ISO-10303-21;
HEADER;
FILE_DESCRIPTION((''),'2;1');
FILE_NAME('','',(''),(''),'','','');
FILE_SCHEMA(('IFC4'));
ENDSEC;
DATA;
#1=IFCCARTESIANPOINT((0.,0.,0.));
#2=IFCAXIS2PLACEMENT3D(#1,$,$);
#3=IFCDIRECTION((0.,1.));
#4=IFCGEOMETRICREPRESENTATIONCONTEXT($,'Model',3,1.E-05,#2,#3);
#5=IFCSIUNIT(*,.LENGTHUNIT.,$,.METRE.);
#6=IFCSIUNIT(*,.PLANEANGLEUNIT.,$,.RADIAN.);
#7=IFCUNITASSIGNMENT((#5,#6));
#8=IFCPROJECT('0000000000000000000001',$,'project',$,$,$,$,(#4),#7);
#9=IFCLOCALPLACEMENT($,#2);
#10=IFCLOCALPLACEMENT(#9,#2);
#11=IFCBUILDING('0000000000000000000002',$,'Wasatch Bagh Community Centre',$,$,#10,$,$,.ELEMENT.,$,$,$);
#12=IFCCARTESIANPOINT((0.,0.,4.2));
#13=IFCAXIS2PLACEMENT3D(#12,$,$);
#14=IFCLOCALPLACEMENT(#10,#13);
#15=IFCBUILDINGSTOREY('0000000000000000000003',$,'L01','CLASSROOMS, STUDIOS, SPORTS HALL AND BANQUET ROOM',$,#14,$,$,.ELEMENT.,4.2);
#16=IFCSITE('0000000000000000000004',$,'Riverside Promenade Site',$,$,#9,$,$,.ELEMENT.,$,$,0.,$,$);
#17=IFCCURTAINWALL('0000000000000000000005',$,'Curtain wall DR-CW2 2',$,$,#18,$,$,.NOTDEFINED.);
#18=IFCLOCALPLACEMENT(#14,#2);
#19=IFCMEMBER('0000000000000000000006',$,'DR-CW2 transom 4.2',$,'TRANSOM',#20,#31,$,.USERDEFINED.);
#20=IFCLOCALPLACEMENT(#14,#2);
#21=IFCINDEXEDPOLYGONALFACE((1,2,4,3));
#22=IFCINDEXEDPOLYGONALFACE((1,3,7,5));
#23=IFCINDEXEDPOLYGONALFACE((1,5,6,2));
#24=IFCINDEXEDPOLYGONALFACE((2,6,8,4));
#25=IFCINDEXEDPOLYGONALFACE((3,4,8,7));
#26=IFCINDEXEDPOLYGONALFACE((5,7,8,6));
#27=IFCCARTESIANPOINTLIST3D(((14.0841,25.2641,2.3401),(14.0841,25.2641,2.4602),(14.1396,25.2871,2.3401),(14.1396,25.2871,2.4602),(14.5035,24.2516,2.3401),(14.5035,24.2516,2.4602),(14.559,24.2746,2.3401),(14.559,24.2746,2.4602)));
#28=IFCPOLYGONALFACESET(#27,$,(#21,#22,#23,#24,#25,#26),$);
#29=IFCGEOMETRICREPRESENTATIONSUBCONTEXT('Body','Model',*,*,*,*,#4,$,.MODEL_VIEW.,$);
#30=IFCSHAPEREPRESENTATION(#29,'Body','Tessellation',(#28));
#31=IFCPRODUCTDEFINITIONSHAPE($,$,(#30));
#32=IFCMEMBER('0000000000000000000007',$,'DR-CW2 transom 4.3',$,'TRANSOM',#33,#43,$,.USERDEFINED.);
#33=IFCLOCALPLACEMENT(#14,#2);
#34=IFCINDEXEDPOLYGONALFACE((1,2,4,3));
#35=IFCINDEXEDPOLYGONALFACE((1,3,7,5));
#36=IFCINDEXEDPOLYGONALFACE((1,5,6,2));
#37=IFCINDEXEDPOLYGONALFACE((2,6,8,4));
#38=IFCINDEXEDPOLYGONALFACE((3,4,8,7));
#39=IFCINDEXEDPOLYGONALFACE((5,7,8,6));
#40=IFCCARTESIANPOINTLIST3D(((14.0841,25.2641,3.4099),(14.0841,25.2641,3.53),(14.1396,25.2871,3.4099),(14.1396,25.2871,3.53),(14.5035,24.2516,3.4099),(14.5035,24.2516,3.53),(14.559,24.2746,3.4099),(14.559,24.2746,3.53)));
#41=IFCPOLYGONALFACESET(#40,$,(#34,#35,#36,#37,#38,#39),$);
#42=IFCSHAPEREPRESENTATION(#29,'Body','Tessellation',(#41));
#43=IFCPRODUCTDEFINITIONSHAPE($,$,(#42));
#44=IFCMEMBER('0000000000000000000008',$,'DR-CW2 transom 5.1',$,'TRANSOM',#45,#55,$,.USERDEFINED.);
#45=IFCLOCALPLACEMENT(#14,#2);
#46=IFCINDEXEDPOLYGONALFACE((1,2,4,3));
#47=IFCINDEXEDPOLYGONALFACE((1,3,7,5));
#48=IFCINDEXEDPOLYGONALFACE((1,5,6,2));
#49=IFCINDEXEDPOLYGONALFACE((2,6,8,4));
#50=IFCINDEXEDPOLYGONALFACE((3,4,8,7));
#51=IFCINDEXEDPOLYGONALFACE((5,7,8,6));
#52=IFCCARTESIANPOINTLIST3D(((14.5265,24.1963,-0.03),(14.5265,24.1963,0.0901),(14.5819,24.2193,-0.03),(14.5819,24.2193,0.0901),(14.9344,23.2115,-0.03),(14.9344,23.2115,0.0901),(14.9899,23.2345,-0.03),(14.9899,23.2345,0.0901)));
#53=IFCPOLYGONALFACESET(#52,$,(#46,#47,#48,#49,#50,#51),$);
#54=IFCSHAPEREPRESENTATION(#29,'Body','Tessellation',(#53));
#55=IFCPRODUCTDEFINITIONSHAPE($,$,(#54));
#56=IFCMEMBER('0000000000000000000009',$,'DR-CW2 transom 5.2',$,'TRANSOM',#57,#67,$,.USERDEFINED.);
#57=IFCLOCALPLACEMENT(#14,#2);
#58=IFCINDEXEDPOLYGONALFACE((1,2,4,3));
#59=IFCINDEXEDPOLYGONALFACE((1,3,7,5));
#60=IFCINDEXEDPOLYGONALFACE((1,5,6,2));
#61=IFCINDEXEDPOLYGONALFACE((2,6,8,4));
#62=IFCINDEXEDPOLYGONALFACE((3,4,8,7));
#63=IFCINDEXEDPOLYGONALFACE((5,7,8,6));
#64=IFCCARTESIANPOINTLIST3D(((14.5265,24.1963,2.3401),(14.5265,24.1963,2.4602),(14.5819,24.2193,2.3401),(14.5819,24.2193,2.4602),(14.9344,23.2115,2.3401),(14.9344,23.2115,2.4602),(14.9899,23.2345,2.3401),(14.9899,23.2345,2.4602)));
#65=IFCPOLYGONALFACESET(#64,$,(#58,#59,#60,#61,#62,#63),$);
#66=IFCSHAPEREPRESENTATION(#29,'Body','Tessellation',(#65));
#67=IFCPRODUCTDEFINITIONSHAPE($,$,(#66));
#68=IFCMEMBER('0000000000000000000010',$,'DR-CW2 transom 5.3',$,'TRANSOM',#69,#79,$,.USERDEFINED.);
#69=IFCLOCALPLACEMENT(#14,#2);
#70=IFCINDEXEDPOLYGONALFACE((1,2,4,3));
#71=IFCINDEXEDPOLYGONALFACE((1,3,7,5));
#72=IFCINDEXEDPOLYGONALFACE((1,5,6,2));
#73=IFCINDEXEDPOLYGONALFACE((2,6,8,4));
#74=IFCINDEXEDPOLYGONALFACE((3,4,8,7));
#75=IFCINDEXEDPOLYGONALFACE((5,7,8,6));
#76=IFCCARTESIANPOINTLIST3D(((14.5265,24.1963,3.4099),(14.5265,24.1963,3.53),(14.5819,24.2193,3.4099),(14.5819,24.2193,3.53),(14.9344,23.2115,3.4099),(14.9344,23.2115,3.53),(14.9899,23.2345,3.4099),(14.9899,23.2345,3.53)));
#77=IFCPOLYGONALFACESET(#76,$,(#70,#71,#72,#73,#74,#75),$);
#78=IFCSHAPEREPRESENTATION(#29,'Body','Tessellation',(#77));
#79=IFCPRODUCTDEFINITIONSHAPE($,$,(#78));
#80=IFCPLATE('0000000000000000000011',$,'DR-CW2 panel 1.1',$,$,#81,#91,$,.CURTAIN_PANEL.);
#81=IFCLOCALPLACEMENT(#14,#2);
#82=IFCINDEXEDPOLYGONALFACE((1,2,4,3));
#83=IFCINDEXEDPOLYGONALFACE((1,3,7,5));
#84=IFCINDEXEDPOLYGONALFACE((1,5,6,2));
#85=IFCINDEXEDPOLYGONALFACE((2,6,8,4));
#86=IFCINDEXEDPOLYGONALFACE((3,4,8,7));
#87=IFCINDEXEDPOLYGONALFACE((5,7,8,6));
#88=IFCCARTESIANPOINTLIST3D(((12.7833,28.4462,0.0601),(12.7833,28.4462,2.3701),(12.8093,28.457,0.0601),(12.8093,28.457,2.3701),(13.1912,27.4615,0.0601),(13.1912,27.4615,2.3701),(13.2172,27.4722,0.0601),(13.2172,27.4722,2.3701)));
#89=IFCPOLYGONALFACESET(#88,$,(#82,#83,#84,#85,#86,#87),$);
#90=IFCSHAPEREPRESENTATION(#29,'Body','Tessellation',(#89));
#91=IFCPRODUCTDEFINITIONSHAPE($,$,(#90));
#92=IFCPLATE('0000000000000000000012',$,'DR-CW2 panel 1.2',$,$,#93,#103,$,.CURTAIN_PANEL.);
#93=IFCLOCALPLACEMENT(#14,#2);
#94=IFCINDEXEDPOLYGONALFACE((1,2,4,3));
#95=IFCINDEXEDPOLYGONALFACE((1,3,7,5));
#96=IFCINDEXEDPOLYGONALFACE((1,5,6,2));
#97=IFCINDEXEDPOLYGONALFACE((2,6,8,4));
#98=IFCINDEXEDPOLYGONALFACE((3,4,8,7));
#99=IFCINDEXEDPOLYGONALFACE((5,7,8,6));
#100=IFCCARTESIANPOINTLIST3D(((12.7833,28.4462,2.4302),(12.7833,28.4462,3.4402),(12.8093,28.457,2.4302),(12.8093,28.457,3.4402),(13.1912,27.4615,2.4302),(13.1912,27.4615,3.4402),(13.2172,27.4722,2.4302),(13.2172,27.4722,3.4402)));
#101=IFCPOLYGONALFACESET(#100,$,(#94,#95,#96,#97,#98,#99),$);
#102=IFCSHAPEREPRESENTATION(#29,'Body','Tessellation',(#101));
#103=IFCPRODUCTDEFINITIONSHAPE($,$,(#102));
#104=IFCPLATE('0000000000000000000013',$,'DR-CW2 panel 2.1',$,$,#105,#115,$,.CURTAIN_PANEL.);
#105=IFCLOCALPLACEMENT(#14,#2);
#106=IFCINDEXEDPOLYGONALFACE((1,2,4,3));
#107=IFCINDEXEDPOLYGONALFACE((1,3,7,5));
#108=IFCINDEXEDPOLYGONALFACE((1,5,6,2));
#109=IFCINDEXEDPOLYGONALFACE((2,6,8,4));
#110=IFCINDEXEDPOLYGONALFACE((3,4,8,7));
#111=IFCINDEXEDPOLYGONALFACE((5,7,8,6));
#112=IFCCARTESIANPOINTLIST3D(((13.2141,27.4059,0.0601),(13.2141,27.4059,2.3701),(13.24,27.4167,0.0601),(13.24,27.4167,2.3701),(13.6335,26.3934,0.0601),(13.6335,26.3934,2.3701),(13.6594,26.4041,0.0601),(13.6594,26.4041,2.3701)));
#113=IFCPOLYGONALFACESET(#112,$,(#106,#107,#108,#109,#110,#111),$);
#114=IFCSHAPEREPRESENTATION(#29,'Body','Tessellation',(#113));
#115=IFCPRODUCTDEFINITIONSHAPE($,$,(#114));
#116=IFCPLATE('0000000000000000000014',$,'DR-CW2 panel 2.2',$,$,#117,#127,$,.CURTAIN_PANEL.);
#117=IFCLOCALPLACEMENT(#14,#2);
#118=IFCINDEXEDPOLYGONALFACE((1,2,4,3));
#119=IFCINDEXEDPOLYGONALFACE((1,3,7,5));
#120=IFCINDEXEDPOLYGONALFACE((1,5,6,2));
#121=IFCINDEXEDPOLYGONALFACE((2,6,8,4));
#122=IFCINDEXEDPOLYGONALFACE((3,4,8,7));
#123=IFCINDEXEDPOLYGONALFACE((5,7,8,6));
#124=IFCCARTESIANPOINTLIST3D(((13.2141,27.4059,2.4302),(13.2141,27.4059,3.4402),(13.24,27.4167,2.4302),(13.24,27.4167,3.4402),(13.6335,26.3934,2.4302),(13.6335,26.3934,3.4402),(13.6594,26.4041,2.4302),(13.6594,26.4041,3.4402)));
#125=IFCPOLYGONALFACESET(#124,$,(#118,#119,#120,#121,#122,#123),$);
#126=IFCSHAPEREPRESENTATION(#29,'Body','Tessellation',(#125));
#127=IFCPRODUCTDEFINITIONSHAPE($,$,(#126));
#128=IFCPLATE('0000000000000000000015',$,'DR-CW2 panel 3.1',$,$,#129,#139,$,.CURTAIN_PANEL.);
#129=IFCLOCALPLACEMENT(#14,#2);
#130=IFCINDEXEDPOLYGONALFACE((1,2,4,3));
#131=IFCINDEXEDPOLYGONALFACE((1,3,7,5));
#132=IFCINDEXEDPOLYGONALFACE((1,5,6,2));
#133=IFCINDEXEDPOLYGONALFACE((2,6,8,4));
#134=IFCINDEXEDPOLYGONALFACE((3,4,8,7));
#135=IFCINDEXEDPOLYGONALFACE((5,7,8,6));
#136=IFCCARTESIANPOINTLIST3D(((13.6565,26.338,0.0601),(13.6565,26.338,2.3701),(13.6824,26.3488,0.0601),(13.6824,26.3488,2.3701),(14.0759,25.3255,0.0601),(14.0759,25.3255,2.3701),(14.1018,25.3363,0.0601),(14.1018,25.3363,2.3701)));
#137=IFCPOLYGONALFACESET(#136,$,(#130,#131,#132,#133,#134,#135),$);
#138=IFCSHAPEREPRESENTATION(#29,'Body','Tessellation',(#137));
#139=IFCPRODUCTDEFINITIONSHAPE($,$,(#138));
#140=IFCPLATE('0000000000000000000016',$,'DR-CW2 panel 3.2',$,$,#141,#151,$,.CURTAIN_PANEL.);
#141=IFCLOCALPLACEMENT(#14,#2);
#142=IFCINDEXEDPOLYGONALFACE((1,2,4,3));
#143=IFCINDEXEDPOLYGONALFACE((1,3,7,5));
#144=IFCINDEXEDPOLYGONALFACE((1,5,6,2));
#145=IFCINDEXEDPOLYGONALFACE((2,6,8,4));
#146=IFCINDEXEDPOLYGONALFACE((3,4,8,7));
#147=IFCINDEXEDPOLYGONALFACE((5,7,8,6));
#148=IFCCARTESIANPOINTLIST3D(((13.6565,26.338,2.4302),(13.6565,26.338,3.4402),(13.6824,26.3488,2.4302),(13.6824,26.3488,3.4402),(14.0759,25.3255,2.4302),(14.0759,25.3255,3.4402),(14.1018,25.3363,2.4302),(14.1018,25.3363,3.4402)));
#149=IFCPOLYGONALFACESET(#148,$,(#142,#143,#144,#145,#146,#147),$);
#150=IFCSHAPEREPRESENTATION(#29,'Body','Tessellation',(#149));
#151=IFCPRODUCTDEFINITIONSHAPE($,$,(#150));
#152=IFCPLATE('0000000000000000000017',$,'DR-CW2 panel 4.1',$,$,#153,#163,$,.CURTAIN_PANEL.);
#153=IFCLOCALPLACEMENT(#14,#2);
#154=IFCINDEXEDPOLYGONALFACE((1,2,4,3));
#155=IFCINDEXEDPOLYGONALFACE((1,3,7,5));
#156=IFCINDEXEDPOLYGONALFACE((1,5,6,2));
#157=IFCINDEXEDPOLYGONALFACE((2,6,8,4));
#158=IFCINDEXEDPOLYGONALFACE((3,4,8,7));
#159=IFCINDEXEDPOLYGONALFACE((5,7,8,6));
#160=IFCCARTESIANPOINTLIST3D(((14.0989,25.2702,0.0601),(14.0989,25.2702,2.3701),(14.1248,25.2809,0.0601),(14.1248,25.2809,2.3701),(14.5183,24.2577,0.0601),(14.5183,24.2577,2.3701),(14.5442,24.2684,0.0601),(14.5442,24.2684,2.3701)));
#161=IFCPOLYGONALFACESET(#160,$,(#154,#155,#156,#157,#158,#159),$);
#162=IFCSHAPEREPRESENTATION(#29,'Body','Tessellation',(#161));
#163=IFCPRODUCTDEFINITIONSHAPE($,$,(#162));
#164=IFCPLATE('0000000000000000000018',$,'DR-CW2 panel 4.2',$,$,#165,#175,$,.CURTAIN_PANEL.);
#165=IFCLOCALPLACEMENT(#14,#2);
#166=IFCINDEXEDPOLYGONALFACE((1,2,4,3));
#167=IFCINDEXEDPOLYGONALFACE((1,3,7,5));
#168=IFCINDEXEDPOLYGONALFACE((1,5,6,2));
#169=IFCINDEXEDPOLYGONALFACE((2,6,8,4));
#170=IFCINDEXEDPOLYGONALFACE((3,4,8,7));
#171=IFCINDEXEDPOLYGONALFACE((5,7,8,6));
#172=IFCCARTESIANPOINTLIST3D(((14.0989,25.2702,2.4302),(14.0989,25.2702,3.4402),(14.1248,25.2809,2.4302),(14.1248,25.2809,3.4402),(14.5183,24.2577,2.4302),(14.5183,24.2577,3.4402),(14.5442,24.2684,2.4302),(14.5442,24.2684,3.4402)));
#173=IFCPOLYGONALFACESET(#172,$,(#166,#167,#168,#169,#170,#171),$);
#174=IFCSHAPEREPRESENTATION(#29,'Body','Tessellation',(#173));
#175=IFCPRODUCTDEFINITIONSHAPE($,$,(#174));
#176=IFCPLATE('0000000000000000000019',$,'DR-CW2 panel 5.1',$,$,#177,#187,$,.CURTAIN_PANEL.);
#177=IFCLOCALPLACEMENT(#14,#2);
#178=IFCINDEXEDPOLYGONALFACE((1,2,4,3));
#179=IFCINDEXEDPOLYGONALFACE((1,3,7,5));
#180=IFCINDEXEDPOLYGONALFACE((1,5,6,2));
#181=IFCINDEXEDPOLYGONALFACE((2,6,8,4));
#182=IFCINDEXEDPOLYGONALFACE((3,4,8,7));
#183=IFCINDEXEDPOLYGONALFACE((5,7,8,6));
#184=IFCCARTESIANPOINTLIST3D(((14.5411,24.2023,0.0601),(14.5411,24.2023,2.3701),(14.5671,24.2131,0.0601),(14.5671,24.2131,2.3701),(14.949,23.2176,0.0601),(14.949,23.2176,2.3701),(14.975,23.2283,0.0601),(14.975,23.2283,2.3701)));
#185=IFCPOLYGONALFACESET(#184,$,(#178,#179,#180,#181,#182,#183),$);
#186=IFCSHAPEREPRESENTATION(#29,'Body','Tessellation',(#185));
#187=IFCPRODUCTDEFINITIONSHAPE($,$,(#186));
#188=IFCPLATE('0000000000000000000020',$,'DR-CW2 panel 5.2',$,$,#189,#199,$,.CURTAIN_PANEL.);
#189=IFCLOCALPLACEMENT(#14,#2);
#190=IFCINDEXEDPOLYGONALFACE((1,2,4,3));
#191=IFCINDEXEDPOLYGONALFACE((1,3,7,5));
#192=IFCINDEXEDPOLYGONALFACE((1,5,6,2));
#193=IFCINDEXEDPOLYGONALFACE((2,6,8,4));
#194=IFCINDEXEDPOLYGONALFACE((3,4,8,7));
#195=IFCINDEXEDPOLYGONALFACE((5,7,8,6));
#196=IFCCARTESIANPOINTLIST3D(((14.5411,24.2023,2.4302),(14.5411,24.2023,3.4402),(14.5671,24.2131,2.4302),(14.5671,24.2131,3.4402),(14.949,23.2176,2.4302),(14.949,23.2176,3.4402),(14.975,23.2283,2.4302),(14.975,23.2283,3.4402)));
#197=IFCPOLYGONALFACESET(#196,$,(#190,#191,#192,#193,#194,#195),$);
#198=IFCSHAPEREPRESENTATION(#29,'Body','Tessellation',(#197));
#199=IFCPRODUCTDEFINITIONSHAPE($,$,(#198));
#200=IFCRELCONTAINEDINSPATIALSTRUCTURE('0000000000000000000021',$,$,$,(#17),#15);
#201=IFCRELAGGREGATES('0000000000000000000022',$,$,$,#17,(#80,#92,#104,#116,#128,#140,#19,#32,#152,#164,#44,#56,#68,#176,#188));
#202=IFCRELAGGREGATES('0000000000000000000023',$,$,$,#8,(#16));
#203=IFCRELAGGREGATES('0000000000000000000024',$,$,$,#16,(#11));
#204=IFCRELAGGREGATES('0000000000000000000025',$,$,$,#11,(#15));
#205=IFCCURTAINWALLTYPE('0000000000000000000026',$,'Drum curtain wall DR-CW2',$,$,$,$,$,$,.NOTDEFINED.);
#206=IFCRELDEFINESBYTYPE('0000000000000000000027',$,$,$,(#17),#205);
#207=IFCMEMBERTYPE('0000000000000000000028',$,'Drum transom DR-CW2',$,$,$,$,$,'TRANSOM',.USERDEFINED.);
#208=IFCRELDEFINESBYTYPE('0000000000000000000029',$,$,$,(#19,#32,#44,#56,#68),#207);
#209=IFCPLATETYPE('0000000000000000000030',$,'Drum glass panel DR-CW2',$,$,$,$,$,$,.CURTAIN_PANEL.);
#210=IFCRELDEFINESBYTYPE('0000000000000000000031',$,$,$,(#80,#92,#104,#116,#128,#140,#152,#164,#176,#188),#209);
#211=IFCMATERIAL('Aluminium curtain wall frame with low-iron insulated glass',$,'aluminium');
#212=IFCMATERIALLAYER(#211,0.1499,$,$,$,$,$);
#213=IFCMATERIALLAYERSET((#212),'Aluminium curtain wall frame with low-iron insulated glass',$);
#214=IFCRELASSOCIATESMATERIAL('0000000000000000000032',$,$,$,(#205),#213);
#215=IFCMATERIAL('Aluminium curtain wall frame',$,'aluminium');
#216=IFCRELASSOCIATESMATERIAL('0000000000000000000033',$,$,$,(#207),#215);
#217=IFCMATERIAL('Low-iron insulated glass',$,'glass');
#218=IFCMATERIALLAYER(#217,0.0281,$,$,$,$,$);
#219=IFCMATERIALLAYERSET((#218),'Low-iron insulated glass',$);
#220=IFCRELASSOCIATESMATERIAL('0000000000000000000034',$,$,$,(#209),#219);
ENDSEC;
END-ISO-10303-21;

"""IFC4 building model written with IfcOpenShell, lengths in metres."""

from ifc_helpers import new_model, si_unit, direction, frame, origin, origin_2d, place, context, subcontext, project, spatial, rectangle, extrude, material, layer, layer_set, material_profile, profile_set, type_object, element, aggregate, save


model = new_model("IFC4")

# Units and contexts
model_context = context("Model", 3, precision=1e-05, world=origin(), true_north=direction((0.0, 1.0)))
body_context = subcontext(model_context, "Body", "Model", "MODEL_VIEW")
ifc_project = project(units=[si_unit("LENGTHUNIT", "METRE"), si_unit("PLANEANGLEUNIT", "RADIAN")], contexts=[model_context])

# Site, building, storey
site_placement = place(None, origin())
site = spatial("IfcSite", under=ifc_project, at=site_placement, Name="Riverside Promenade Site", CompositionType="ELEMENT", RefElevation=0.0)
building_placement = place(site_placement, origin())
building = spatial("IfcBuilding", under=site, at=building_placement, Name="Wasatch Bagh Community Centre", CompositionType="ELEMENT")
storey_placement = place(building_placement, frame((0.0, 0.0, 4.2)))
storey = spatial("IfcBuildingStorey", under=building, at=storey_placement, Name="L01", Description="CLASSROOMS, STUDIOS, SPORTS HALL AND BANQUET ROOM", CompositionType="ELEMENT", Elevation=4.2)

# Curtain wall
ifc_material_1 = material(Name="Aluminium curtain wall frame with low-iron insulated glass", Category="aluminium")
ifc_layer_1 = layer(ifc_material_1, 0.1499)
ifc_layer_set_1 = layer_set([ifc_layer_1], Name="Aluminium curtain wall frame with low-iron insulated glass")
curtain_wall_type = type_object("IfcCurtainWallType", Name="Drum curtain wall DR-CW2", PredefinedType="NOTDEFINED", material=ifc_layer_set_1)
curtain_wall_placement = place(storey_placement, origin())
curtain_wall = element("IfcCurtainWall", 1, at=curtain_wall_placement, inside=storey, type_object=curtain_wall_type, Name="Curtain wall DR-CW2 2", PredefinedType="NOTDEFINED")
ifc_material_2 = material(Name="Aluminium curtain wall frame", Category="aluminium")

# Members
ifc_material_profile_1 = material_profile(ifc_material_2, rectangle(XDim=0.0601, YDim=0.1201, at=origin_2d()), Name="Drum transom DR-CW2")
ifc_profile_set_1 = profile_set([ifc_material_profile_1], Name="Aluminium curtain wall frame")
member_type_1 = type_object("IfcMemberType", Name="Drum transom DR-CW2", ElementType="TRANSOM", PredefinedType="USERDEFINED", material=ifc_profile_set_1)
member_1_placement = place(storey_placement, frame((14.1118, 25.2756, 2.4001), z_axis=(0.382732, -0.923859, 0.0), x_axis=(0.923859, 0.382732, 0.0)))
member_1 = element("IfcMember", 2, at=member_1_placement, type_object=member_type_1, Name="DR-CW2 transom 4.2", ObjectType="TRANSOM", PredefinedType="USERDEFINED", context=body_context, shape_type="SweptSolid", body=[
    extrude(rectangle(XDim=0.0601, YDim=0.1201, at=origin_2d()), origin(), (0.0, 0.0, 1.0), 1.0959),
])
member_2_placement = place(storey_placement, frame((14.1118, 25.2756, 3.47), z_axis=(0.382732, -0.923859, 0.0), x_axis=(0.923859, 0.382732, 0.0)))
member_2 = element("IfcMember", 3, at=member_2_placement, type_object=member_type_1, Name="DR-CW2 transom 4.3", ObjectType="TRANSOM", PredefinedType="USERDEFINED", context=body_context, shape_type="SweptSolid", body=[
    extrude(rectangle(XDim=0.0601, YDim=0.1201, at=origin_2d()), origin(), (0.0, 0.0, 1.0), 1.0959),
])
member_3_placement = place(storey_placement, frame((14.5542, 24.2078, 0.03), z_axis=(0.382696, -0.923874, 0.0), x_axis=(0.923874, 0.382696, 0.0)))
member_3 = element("IfcMember", 4, at=member_3_placement, type_object=member_type_1, Name="DR-CW2 transom 5.1", ObjectType="TRANSOM", PredefinedType="USERDEFINED", context=body_context, shape_type="SweptSolid", body=[
    extrude(rectangle(XDim=0.0601, YDim=0.1201, at=origin_2d()), origin(), (0.0, 0.0, 1.0), 1.0659),
])
member_4_placement = place(storey_placement, frame((14.5542, 24.2078, 2.4001), z_axis=(0.382696, -0.923874, 0.0), x_axis=(0.923874, 0.382696, 0.0)))
member_4 = element("IfcMember", 5, at=member_4_placement, type_object=member_type_1, Name="DR-CW2 transom 5.2", ObjectType="TRANSOM", PredefinedType="USERDEFINED", context=body_context, shape_type="SweptSolid", body=[
    extrude(rectangle(XDim=0.0601, YDim=0.1201, at=origin_2d()), origin(), (0.0, 0.0, 1.0), 1.0659),
])
member_5_placement = place(storey_placement, frame((14.5542, 24.2078, 3.47), z_axis=(0.382696, -0.923874, 0.0), x_axis=(0.923874, 0.382696, 0.0)))
member_5 = element("IfcMember", 6, at=member_5_placement, type_object=member_type_1, Name="DR-CW2 transom 5.3", ObjectType="TRANSOM", PredefinedType="USERDEFINED", context=body_context, shape_type="SweptSolid", body=[
    extrude(rectangle(XDim=0.0601, YDim=0.1201, at=origin_2d()), origin(), (0.0, 0.0, 1.0), 1.0659),
])

# Plates
ifc_material_3 = material(Name="Low-iron insulated glass", Category="glass")
ifc_layer_2 = layer(ifc_material_3, 0.0281)
ifc_layer_set_2 = layer_set([ifc_layer_2], Name="Low-iron insulated glass")
plate_type = type_object("IfcPlateType", Name="Drum glass panel DR-CW2", PredefinedType="CURTAIN_PANEL", material=ifc_layer_set_2)
plate_1_placement = place(storey_placement, frame((13.0002, 27.9592, 0.0601), z_axis=(0.0, 0.0, 1.0), x_axis=(0.382683, -0.92388, 0.0)))
plate_1 = element("IfcPlate", 7, at=plate_1_placement, type_object=plate_type, Name="DR-CW2 panel 1.1", PredefinedType="CURTAIN_PANEL", context=body_context, shape_type="SweptSolid", body=[
    extrude(rectangle(XDim=1.0659, YDim=0.0281, at=origin_2d()), origin(), (0.0, 0.0, 1.0), 2.3101),
])
plate_2_placement = place(storey_placement, frame((13.0002, 27.9592, 2.4302), z_axis=(0.0, 0.0, 1.0), x_axis=(0.382683, -0.92388, 0.0)))
plate_2 = element("IfcPlate", 8, at=plate_2_placement, type_object=plate_type, Name="DR-CW2 panel 1.2", PredefinedType="CURTAIN_PANEL", context=body_context, shape_type="SweptSolid", body=[
    extrude(rectangle(XDim=1.0659, YDim=0.0281, at=origin_2d()), origin(), (0.0, 0.0, 1.0), 1.01),
])
plate_3_placement = place(storey_placement, frame((13.4368, 26.905, 0.0601), z_axis=(0.0, 0.0, 1.0), x_axis=(0.382683, -0.92388, 0.0)))
plate_3 = element("IfcPlate", 9, at=plate_3_placement, type_object=plate_type, Name="DR-CW2 panel 2.1", PredefinedType="CURTAIN_PANEL", context=body_context, shape_type="SweptSolid", body=[
    extrude(rectangle(XDim=1.0959, YDim=0.0281, at=origin_2d()), origin(), (0.0, 0.0, 1.0), 2.3101),
])
plate_4_placement = place(storey_placement, frame((13.4368, 26.905, 2.4302), z_axis=(0.0, 0.0, 1.0), x_axis=(0.382683, -0.92388, 0.0)))
plate_4 = element("IfcPlate", 10, at=plate_4_placement, type_object=plate_type, Name="DR-CW2 panel 2.2", PredefinedType="CURTAIN_PANEL", context=body_context, shape_type="SweptSolid", body=[
    extrude(rectangle(XDim=1.0959, YDim=0.0281, at=origin_2d()), origin(), (0.0, 0.0, 1.0), 1.01),
])
plate_5_placement = place(storey_placement, frame((13.8792, 25.8372, 0.0601), z_axis=(0.0, 0.0, 1.0), x_axis=(0.382683, -0.92388, 0.0)))
plate_5 = element("IfcPlate", 11, at=plate_5_placement, type_object=plate_type, Name="DR-CW2 panel 3.1", PredefinedType="CURTAIN_PANEL", context=body_context, shape_type="SweptSolid", body=[
    extrude(rectangle(XDim=1.0959, YDim=0.0281, at=origin_2d()), origin(), (0.0, 0.0, 1.0), 2.3101),
])
plate_6_placement = place(storey_placement, frame((13.8792, 25.8372, 2.4302), z_axis=(0.0, 0.0, 1.0), x_axis=(0.382683, -0.92388, 0.0)))
plate_6 = element("IfcPlate", 12, at=plate_6_placement, type_object=plate_type, Name="DR-CW2 panel 3.2", PredefinedType="CURTAIN_PANEL", context=body_context, shape_type="SweptSolid", body=[
    extrude(rectangle(XDim=1.0959, YDim=0.0281, at=origin_2d()), origin(), (0.0, 0.0, 1.0), 1.01),
])
plate_7_placement = place(storey_placement, frame((14.3215, 24.7693, 0.0601), z_axis=(0.0, 0.0, 1.0), x_axis=(0.382683, -0.92388, 0.0)))
plate_7 = element("IfcPlate", 13, at=plate_7_placement, type_object=plate_type, Name="DR-CW2 panel 4.1", PredefinedType="CURTAIN_PANEL", context=body_context, shape_type="SweptSolid", body=[
    extrude(rectangle(XDim=1.0959, YDim=0.0281, at=origin_2d()), origin(), (0.0, 0.0, 1.0), 2.3101),
])
plate_8_placement = place(storey_placement, frame((14.3215, 24.7693, 2.4302), z_axis=(0.0, 0.0, 1.0), x_axis=(0.382683, -0.92388, 0.0)))
plate_8 = element("IfcPlate", 14, at=plate_8_placement, type_object=plate_type, Name="DR-CW2 panel 4.2", PredefinedType="CURTAIN_PANEL", context=body_context, shape_type="SweptSolid", body=[
    extrude(rectangle(XDim=1.0959, YDim=0.0281, at=origin_2d()), origin(), (0.0, 0.0, 1.0), 1.01),
])
plate_9_placement = place(storey_placement, frame((14.7581, 23.7153, 0.0601), z_axis=(0.0, 0.0, 1.0), x_axis=(0.382683, -0.92388, 0.0)))
plate_9 = element("IfcPlate", 15, at=plate_9_placement, type_object=plate_type, Name="DR-CW2 panel 5.1", PredefinedType="CURTAIN_PANEL", context=body_context, shape_type="SweptSolid", body=[
    extrude(rectangle(XDim=1.0659, YDim=0.0281, at=origin_2d()), origin(), (0.0, 0.0, 1.0), 2.3101),
])
plate_10_placement = place(storey_placement, frame((14.7581, 23.7153, 2.4302), z_axis=(0.0, 0.0, 1.0), x_axis=(0.382683, -0.92388, 0.0)))
plate_10 = element("IfcPlate", 16, at=plate_10_placement, type_object=plate_type, Name="DR-CW2 panel 5.2", PredefinedType="CURTAIN_PANEL", context=body_context, shape_type="SweptSolid", body=[
    extrude(rectangle(XDim=1.0659, YDim=0.0281, at=origin_2d()), origin(), (0.0, 0.0, 1.0), 1.01),
])
aggregate(curtain_wall, [plate_1, plate_2, plate_3, plate_4, plate_5, plate_6, member_1, member_2, plate_7, plate_8, member_3, member_4, member_5, plate_9, plate_10])

save(model, "model.ifc")
